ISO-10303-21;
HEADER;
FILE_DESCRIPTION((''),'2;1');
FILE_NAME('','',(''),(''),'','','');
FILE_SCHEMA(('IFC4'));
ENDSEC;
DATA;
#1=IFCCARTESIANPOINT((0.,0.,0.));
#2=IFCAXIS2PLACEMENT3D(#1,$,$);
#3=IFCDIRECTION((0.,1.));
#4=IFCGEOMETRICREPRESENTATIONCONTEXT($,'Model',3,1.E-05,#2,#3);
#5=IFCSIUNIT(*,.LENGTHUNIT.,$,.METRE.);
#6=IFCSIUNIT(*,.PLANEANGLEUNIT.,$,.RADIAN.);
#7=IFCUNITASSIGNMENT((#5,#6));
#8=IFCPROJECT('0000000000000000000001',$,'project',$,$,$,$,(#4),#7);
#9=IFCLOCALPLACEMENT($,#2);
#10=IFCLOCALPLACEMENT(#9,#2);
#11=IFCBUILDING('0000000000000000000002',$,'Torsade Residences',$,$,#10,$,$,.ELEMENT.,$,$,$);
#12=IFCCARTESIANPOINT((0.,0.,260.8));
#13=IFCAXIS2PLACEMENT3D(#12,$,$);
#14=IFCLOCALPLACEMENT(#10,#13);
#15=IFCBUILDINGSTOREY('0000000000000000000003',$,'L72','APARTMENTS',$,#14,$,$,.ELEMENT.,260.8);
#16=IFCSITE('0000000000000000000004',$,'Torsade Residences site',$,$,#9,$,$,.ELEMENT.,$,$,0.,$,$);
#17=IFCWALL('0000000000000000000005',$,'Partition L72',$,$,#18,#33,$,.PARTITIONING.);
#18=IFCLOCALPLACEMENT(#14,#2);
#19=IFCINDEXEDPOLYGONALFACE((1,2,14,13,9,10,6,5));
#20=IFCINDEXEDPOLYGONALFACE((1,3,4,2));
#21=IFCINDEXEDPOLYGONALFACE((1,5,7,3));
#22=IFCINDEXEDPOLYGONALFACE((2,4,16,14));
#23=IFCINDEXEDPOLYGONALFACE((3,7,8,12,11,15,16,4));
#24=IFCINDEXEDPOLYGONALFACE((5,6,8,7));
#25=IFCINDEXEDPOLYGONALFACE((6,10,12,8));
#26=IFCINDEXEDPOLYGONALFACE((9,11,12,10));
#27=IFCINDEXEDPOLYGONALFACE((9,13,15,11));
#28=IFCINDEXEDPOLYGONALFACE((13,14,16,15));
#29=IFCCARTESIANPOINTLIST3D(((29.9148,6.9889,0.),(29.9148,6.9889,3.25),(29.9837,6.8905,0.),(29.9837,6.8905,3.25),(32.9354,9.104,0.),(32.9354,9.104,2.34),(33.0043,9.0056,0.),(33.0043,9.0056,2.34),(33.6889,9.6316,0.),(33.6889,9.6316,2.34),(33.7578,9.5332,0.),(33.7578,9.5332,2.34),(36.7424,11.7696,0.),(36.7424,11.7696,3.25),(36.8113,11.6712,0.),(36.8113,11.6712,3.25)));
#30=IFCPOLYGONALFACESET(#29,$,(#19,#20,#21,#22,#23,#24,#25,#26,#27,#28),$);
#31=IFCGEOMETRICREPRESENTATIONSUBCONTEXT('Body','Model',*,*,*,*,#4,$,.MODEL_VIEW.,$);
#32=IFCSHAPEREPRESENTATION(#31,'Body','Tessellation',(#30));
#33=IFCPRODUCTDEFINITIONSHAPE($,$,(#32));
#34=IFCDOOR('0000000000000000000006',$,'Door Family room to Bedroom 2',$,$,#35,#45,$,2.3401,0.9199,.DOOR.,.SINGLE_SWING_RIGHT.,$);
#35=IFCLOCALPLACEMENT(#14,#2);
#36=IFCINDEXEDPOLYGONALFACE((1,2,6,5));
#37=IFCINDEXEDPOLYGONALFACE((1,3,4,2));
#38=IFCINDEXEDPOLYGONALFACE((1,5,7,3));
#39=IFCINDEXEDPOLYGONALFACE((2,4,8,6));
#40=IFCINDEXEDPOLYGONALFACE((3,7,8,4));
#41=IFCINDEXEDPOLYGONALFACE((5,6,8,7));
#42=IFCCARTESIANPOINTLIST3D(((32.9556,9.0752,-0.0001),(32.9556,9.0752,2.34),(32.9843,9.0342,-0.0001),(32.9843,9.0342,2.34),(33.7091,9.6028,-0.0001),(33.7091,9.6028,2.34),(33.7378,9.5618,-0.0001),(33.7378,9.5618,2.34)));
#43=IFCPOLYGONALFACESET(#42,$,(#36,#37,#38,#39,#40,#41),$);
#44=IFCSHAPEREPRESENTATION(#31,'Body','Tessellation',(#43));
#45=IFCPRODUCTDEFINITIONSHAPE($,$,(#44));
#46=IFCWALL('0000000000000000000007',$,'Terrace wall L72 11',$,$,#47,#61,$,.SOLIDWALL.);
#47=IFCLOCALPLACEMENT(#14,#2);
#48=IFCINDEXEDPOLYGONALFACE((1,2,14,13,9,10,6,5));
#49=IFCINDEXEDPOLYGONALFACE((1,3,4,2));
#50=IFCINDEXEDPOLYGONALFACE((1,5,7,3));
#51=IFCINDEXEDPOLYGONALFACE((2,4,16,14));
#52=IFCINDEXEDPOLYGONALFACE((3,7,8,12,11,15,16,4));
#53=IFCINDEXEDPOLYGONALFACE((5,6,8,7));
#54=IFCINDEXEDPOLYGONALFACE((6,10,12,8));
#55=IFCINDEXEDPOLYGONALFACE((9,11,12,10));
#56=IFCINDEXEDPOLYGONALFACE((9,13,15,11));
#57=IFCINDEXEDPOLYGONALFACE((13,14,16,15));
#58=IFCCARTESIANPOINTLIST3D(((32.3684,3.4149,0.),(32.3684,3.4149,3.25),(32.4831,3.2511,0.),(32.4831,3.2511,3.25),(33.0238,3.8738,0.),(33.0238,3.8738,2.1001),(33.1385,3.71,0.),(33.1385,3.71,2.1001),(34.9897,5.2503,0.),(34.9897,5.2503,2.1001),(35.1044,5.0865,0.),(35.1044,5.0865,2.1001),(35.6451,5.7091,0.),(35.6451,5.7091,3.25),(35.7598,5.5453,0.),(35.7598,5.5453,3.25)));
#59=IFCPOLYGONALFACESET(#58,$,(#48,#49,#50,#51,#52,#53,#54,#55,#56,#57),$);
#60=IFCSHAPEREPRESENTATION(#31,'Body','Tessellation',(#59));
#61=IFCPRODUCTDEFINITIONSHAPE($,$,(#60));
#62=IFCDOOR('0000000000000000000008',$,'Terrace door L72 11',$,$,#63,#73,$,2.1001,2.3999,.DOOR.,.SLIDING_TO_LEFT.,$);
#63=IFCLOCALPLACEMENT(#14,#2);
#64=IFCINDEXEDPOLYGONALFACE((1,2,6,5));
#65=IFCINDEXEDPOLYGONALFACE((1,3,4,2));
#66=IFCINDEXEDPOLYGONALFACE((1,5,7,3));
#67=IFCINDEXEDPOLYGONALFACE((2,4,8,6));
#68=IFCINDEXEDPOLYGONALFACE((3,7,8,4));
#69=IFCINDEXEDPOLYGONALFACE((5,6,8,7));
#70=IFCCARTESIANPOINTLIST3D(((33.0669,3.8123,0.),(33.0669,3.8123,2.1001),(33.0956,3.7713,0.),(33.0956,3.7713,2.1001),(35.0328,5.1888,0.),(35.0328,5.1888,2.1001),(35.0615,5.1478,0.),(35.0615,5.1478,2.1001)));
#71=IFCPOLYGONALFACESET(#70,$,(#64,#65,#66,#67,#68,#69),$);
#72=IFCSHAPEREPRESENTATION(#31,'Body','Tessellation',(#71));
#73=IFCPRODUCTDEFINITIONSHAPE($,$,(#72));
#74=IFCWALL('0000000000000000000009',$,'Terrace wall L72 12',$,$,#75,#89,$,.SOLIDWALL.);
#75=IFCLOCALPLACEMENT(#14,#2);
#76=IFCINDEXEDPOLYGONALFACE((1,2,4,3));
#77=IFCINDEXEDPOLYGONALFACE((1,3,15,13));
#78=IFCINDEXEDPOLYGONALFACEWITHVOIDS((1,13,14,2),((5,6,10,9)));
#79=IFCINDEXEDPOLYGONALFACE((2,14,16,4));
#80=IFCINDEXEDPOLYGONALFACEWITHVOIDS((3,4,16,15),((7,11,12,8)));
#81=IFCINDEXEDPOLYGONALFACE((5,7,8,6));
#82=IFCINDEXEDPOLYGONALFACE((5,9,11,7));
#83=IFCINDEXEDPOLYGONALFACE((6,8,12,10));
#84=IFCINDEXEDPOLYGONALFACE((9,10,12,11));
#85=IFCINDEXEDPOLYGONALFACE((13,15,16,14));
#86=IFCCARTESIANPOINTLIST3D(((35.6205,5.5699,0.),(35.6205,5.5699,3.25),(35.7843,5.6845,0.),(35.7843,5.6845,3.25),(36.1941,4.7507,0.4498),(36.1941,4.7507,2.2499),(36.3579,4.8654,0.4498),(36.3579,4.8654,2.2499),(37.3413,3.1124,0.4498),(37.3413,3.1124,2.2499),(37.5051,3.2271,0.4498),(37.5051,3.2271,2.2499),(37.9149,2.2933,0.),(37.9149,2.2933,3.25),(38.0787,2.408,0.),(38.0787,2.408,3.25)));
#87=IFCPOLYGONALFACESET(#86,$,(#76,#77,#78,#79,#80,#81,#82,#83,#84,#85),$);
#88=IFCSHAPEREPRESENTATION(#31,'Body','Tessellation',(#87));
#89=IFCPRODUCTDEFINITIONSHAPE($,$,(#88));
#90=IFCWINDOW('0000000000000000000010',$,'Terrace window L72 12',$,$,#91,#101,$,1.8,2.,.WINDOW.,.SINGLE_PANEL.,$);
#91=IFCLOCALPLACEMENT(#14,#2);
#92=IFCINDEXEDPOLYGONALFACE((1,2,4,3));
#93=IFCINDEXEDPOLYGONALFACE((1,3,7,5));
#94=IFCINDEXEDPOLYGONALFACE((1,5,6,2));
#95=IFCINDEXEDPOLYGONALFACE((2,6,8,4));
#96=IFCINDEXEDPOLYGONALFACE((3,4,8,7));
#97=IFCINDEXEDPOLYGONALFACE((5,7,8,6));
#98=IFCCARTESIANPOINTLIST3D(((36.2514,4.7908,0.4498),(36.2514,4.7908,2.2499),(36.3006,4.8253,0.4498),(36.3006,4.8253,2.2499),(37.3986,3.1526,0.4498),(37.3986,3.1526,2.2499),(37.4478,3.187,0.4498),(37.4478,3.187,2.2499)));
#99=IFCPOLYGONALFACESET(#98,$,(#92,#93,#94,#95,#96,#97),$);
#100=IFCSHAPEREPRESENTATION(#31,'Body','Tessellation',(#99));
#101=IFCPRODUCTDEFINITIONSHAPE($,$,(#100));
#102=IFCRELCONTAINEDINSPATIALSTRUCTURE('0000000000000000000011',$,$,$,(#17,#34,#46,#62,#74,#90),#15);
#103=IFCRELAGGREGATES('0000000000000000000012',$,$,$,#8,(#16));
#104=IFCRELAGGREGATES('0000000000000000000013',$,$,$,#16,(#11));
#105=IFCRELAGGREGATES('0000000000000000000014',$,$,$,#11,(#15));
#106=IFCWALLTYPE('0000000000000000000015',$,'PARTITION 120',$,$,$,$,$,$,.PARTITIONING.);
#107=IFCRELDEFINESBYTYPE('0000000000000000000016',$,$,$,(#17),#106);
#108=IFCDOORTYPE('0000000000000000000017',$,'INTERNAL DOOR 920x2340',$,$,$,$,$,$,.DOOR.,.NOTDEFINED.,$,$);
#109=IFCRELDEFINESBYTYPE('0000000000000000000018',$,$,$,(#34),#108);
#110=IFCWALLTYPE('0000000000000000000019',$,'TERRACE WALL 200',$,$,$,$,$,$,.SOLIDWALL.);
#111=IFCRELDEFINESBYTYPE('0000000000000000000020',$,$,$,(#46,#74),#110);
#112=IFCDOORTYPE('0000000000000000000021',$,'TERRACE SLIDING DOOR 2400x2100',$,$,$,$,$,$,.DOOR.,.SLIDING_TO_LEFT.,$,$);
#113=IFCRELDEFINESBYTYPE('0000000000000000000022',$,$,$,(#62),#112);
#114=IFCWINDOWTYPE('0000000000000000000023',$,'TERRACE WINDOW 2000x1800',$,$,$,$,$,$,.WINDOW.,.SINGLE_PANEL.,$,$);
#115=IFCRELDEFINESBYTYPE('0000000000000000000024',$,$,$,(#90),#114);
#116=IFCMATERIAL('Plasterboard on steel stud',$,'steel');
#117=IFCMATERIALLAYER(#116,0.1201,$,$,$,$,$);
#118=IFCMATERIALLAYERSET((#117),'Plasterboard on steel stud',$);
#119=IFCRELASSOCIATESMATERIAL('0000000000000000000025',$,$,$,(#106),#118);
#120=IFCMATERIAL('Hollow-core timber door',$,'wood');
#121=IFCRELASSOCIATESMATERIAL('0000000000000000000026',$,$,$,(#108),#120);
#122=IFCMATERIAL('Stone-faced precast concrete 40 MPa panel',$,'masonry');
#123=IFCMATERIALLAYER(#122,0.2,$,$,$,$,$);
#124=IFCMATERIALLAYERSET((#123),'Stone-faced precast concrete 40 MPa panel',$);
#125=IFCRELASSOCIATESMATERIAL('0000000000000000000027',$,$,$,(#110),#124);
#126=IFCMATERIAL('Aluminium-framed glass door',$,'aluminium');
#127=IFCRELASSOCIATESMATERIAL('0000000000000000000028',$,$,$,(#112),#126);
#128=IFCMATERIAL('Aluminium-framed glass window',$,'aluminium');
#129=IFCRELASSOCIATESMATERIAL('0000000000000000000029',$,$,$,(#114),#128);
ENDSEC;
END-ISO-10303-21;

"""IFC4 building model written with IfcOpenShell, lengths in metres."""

from ifc_helpers import new_model, si_unit, direction, frame, frame_2d, origin, place, context, subcontext, project, spatial, rectangle, extrude, material, layer, layer_set, type_object, element, fill, save


model = new_model("IFC4")

# Units and contexts
model_context = context("Model", 3, precision=1e-05, world=origin(), true_north=direction((0.0, 1.0)))
body_context = subcontext(model_context, "Body", "Model", "MODEL_VIEW")
ifc_project = project(units=[si_unit("LENGTHUNIT", "METRE"), si_unit("PLANEANGLEUNIT", "RADIAN")], contexts=[model_context])

# Site, building, storey
site_placement = place(None, origin())
site = spatial("IfcSite", under=ifc_project, at=site_placement, Name="Torsade Residences site", CompositionType="ELEMENT", RefElevation=0.0)
building_placement = place(site_placement, origin())
building = spatial("IfcBuilding", under=site, at=building_placement, Name="Torsade Residences", CompositionType="ELEMENT")
storey_placement = place(building_placement, frame((0.0, 0.0, 260.8)))
storey = spatial("IfcBuildingStorey", under=building, at=storey_placement, Name="L72", Description="APARTMENTS", CompositionType="ELEMENT", Elevation=260.8)

# Shared definitions
ifc_material_1 = material(Name="Plasterboard on steel stud", Category="steel")
ifc_layer_1 = layer(ifc_material_1, 0.1201)
ifc_layer_set_1 = layer_set([ifc_layer_1], Name="Plasterboard on steel stud")
wall_type_1 = type_object("IfcWallType", Name="PARTITION 120", PredefinedType="PARTITIONING", material=ifc_layer_set_1)

# Walls, openings, doors
wall_1_placement = place(storey_placement, frame((29.9492, 6.9397, 0.0), z_axis=(0.0, 0.0, 1.0), x_axis=(0.819152, 0.573576, 0.0)))
wall_1 = element("IfcWall", 1, at=wall_1_placement, inside=storey, type_object=wall_type_1, Name="Partition L72", PredefinedType="PARTITIONING", context=body_context, shape_type="SweptSolid", body=[
    extrude(rectangle(XDim=8.335, YDim=0.1201, at=frame_2d((4.1675, 0.0))), origin(), (0.0, 0.0, 1.0), 3.25),
])
opening_1_placement = place(wall_1_placement, frame((3.6875, 0.0, 0.0)))
opening_1 = element("IfcOpeningElement", 2, at=opening_1_placement, cuts=wall_1, PredefinedType="OPENING", context=body_context, shape_type="SweptSolid", body=[
    extrude(rectangle(XDim=0.9199, YDim=2.3401, at=frame_2d((0.46, 1.1699))), frame((0.0, 0.0701, 0.0), z_axis=(0.0, -1.0, 0.0), x_axis=(1.0, 0.0, 0.0)), (0.0, 0.0, 1.0), 0.1401),
])
ifc_material_2 = material(Name="Hollow-core timber door", Category="wood")
door_type_1 = type_object("IfcDoorType", Name="INTERNAL DOOR 920x2340", OperationType="NOTDEFINED", PredefinedType="DOOR", material=ifc_material_2)
door_1_placement = place(opening_1_placement, origin())
door_1 = element("IfcDoor", 3, at=door_1_placement, inside=storey, type_object=door_type_1, Name="Door Family room to Bedroom 2", OperationType="SINGLE_SWING_RIGHT", OverallHeight=2.3401, OverallWidth=0.9199, PredefinedType="DOOR", context=body_context, shape_type="SweptSolid", body=[
    extrude(rectangle(XDim=0.9199, YDim=2.3401, at=frame_2d((0.46, 1.1699))), frame((0.0, 0.0249, 0.0), z_axis=(0.0, -1.0, 0.0), x_axis=(1.0, 0.0, 0.0)), (0.0, 0.0, 1.0), 0.05),
])
fill(opening_1, door_1)
ifc_material_3 = material(Name="Stone-faced precast concrete 40 MPa panel", Category="masonry")
ifc_layer_2 = layer(ifc_material_3, 0.2)
ifc_layer_set_2 = layer_set([ifc_layer_2], Name="Stone-faced precast concrete 40 MPa panel")
wall_type_2 = type_object("IfcWallType", Name="TERRACE WALL 200", PredefinedType="SOLIDWALL", material=ifc_layer_set_2)
wall_2_placement = place(storey_placement, frame((32.4258, 3.333, 0.0), z_axis=(0.0, 0.0, 1.0), x_axis=(0.819166, 0.573557, 0.0)))
wall_2 = element("IfcWall", 4, at=wall_2_placement, inside=storey, type_object=wall_type_2, Name="Terrace wall L72 11", PredefinedType="SOLIDWALL", context=body_context, shape_type="SweptSolid", body=[
    extrude(rectangle(XDim=4.0, YDim=0.2, at=frame_2d((2.0, 0.0))), origin(), (0.0, 0.0, 1.0), 3.25),
])
opening_2_placement = place(wall_2_placement, frame((0.8, 0.0, 0.0)))
opening_2 = element("IfcOpeningElement", 5, at=opening_2_placement, cuts=wall_2, PredefinedType="OPENING", context=body_context, shape_type="SweptSolid", body=[
    extrude(rectangle(XDim=2.3999, YDim=2.1001, at=frame_2d((1.2, 1.05))), frame((0.0, 0.1099, 0.0), z_axis=(0.0, -1.0, 0.0), x_axis=(1.0, 0.0, 0.0)), (0.0, 0.0, 1.0), 0.22),
])
ifc_material_4 = material(Name="Aluminium-framed glass door", Category="aluminium")
door_type_2 = type_object("IfcDoorType", Name="TERRACE SLIDING DOOR 2400x2100", OperationType="SLIDING_TO_LEFT", PredefinedType="DOOR", material=ifc_material_4)
door_2_placement = place(opening_2_placement, origin())
door_2 = element("IfcDoor", 6, at=door_2_placement, inside=storey, type_object=door_type_2, Name="Terrace door L72 11", OperationType="SLIDING_TO_LEFT", OverallHeight=2.1001, OverallWidth=2.3999, PredefinedType="DOOR", context=body_context, shape_type="SweptSolid", body=[
    extrude(rectangle(XDim=2.3999, YDim=2.1001, at=frame_2d((1.2, 1.05))), frame((0.0, 0.0249, 0.0), z_axis=(0.0, -1.0, 0.0), x_axis=(1.0, 0.0, 0.0)), (0.0, 0.0, 1.0), 0.05),
])
fill(opening_2, door_2)

# Wall, opening, window
wall_3_placement = place(storey_placement, frame((35.7024, 5.6272, 0.0), z_axis=(0.0, 0.0, 1.0), x_axis=(0.573598, -0.819137, 0.0)))
wall_3 = element("IfcWall", 7, at=wall_3_placement, inside=storey, type_object=wall_type_2, Name="Terrace wall L72 12", PredefinedType="SOLIDWALL", context=body_context, shape_type="SweptSolid", body=[
    extrude(rectangle(XDim=4.0, YDim=0.2, at=frame_2d((2.0, 0.0))), origin(), (0.0, 0.0, 1.0), 3.25),
])
opening_3_placement = place(wall_3_placement, frame((1.0, 0.0, 0.45)))
opening_3 = element("IfcOpeningElement", 8, at=opening_3_placement, cuts=wall_3, PredefinedType="OPENING", context=body_context, shape_type="SweptSolid", body=[
    extrude(rectangle(XDim=2.0, YDim=1.8, at=frame_2d((1.0, 0.8999))), frame((0.0, 0.1099, 0.0), z_axis=(0.0, -1.0, 0.0), x_axis=(1.0, 0.0, 0.0)), (0.0, 0.0, 1.0), 0.22),
])
ifc_material_5 = material(Name="Aluminium-framed glass window", Category="aluminium")
window_type = type_object("IfcWindowType", Name="TERRACE WINDOW 2000x1800", PartitioningType="SINGLE_PANEL", PredefinedType="WINDOW", material=ifc_material_5)
window_placement = place(opening_3_placement, origin())
window = element("IfcWindow", 9, at=window_placement, inside=storey, type_object=window_type, Name="Terrace window L72 12", OverallHeight=1.8, OverallWidth=2.0, PartitioningType="SINGLE_PANEL", PredefinedType="WINDOW", context=body_context, shape_type="SweptSolid", body=[
    extrude(rectangle(XDim=2.0, YDim=1.8, at=frame_2d((1.0, 0.8999))), frame((0.0, 0.03, 0.0), z_axis=(0.0, -1.0, 0.0), x_axis=(1.0, 0.0, 0.0)), (0.0, 0.0, 1.0), 0.0601),
])
fill(opening_3, window)

save(model, "model.ifc")
